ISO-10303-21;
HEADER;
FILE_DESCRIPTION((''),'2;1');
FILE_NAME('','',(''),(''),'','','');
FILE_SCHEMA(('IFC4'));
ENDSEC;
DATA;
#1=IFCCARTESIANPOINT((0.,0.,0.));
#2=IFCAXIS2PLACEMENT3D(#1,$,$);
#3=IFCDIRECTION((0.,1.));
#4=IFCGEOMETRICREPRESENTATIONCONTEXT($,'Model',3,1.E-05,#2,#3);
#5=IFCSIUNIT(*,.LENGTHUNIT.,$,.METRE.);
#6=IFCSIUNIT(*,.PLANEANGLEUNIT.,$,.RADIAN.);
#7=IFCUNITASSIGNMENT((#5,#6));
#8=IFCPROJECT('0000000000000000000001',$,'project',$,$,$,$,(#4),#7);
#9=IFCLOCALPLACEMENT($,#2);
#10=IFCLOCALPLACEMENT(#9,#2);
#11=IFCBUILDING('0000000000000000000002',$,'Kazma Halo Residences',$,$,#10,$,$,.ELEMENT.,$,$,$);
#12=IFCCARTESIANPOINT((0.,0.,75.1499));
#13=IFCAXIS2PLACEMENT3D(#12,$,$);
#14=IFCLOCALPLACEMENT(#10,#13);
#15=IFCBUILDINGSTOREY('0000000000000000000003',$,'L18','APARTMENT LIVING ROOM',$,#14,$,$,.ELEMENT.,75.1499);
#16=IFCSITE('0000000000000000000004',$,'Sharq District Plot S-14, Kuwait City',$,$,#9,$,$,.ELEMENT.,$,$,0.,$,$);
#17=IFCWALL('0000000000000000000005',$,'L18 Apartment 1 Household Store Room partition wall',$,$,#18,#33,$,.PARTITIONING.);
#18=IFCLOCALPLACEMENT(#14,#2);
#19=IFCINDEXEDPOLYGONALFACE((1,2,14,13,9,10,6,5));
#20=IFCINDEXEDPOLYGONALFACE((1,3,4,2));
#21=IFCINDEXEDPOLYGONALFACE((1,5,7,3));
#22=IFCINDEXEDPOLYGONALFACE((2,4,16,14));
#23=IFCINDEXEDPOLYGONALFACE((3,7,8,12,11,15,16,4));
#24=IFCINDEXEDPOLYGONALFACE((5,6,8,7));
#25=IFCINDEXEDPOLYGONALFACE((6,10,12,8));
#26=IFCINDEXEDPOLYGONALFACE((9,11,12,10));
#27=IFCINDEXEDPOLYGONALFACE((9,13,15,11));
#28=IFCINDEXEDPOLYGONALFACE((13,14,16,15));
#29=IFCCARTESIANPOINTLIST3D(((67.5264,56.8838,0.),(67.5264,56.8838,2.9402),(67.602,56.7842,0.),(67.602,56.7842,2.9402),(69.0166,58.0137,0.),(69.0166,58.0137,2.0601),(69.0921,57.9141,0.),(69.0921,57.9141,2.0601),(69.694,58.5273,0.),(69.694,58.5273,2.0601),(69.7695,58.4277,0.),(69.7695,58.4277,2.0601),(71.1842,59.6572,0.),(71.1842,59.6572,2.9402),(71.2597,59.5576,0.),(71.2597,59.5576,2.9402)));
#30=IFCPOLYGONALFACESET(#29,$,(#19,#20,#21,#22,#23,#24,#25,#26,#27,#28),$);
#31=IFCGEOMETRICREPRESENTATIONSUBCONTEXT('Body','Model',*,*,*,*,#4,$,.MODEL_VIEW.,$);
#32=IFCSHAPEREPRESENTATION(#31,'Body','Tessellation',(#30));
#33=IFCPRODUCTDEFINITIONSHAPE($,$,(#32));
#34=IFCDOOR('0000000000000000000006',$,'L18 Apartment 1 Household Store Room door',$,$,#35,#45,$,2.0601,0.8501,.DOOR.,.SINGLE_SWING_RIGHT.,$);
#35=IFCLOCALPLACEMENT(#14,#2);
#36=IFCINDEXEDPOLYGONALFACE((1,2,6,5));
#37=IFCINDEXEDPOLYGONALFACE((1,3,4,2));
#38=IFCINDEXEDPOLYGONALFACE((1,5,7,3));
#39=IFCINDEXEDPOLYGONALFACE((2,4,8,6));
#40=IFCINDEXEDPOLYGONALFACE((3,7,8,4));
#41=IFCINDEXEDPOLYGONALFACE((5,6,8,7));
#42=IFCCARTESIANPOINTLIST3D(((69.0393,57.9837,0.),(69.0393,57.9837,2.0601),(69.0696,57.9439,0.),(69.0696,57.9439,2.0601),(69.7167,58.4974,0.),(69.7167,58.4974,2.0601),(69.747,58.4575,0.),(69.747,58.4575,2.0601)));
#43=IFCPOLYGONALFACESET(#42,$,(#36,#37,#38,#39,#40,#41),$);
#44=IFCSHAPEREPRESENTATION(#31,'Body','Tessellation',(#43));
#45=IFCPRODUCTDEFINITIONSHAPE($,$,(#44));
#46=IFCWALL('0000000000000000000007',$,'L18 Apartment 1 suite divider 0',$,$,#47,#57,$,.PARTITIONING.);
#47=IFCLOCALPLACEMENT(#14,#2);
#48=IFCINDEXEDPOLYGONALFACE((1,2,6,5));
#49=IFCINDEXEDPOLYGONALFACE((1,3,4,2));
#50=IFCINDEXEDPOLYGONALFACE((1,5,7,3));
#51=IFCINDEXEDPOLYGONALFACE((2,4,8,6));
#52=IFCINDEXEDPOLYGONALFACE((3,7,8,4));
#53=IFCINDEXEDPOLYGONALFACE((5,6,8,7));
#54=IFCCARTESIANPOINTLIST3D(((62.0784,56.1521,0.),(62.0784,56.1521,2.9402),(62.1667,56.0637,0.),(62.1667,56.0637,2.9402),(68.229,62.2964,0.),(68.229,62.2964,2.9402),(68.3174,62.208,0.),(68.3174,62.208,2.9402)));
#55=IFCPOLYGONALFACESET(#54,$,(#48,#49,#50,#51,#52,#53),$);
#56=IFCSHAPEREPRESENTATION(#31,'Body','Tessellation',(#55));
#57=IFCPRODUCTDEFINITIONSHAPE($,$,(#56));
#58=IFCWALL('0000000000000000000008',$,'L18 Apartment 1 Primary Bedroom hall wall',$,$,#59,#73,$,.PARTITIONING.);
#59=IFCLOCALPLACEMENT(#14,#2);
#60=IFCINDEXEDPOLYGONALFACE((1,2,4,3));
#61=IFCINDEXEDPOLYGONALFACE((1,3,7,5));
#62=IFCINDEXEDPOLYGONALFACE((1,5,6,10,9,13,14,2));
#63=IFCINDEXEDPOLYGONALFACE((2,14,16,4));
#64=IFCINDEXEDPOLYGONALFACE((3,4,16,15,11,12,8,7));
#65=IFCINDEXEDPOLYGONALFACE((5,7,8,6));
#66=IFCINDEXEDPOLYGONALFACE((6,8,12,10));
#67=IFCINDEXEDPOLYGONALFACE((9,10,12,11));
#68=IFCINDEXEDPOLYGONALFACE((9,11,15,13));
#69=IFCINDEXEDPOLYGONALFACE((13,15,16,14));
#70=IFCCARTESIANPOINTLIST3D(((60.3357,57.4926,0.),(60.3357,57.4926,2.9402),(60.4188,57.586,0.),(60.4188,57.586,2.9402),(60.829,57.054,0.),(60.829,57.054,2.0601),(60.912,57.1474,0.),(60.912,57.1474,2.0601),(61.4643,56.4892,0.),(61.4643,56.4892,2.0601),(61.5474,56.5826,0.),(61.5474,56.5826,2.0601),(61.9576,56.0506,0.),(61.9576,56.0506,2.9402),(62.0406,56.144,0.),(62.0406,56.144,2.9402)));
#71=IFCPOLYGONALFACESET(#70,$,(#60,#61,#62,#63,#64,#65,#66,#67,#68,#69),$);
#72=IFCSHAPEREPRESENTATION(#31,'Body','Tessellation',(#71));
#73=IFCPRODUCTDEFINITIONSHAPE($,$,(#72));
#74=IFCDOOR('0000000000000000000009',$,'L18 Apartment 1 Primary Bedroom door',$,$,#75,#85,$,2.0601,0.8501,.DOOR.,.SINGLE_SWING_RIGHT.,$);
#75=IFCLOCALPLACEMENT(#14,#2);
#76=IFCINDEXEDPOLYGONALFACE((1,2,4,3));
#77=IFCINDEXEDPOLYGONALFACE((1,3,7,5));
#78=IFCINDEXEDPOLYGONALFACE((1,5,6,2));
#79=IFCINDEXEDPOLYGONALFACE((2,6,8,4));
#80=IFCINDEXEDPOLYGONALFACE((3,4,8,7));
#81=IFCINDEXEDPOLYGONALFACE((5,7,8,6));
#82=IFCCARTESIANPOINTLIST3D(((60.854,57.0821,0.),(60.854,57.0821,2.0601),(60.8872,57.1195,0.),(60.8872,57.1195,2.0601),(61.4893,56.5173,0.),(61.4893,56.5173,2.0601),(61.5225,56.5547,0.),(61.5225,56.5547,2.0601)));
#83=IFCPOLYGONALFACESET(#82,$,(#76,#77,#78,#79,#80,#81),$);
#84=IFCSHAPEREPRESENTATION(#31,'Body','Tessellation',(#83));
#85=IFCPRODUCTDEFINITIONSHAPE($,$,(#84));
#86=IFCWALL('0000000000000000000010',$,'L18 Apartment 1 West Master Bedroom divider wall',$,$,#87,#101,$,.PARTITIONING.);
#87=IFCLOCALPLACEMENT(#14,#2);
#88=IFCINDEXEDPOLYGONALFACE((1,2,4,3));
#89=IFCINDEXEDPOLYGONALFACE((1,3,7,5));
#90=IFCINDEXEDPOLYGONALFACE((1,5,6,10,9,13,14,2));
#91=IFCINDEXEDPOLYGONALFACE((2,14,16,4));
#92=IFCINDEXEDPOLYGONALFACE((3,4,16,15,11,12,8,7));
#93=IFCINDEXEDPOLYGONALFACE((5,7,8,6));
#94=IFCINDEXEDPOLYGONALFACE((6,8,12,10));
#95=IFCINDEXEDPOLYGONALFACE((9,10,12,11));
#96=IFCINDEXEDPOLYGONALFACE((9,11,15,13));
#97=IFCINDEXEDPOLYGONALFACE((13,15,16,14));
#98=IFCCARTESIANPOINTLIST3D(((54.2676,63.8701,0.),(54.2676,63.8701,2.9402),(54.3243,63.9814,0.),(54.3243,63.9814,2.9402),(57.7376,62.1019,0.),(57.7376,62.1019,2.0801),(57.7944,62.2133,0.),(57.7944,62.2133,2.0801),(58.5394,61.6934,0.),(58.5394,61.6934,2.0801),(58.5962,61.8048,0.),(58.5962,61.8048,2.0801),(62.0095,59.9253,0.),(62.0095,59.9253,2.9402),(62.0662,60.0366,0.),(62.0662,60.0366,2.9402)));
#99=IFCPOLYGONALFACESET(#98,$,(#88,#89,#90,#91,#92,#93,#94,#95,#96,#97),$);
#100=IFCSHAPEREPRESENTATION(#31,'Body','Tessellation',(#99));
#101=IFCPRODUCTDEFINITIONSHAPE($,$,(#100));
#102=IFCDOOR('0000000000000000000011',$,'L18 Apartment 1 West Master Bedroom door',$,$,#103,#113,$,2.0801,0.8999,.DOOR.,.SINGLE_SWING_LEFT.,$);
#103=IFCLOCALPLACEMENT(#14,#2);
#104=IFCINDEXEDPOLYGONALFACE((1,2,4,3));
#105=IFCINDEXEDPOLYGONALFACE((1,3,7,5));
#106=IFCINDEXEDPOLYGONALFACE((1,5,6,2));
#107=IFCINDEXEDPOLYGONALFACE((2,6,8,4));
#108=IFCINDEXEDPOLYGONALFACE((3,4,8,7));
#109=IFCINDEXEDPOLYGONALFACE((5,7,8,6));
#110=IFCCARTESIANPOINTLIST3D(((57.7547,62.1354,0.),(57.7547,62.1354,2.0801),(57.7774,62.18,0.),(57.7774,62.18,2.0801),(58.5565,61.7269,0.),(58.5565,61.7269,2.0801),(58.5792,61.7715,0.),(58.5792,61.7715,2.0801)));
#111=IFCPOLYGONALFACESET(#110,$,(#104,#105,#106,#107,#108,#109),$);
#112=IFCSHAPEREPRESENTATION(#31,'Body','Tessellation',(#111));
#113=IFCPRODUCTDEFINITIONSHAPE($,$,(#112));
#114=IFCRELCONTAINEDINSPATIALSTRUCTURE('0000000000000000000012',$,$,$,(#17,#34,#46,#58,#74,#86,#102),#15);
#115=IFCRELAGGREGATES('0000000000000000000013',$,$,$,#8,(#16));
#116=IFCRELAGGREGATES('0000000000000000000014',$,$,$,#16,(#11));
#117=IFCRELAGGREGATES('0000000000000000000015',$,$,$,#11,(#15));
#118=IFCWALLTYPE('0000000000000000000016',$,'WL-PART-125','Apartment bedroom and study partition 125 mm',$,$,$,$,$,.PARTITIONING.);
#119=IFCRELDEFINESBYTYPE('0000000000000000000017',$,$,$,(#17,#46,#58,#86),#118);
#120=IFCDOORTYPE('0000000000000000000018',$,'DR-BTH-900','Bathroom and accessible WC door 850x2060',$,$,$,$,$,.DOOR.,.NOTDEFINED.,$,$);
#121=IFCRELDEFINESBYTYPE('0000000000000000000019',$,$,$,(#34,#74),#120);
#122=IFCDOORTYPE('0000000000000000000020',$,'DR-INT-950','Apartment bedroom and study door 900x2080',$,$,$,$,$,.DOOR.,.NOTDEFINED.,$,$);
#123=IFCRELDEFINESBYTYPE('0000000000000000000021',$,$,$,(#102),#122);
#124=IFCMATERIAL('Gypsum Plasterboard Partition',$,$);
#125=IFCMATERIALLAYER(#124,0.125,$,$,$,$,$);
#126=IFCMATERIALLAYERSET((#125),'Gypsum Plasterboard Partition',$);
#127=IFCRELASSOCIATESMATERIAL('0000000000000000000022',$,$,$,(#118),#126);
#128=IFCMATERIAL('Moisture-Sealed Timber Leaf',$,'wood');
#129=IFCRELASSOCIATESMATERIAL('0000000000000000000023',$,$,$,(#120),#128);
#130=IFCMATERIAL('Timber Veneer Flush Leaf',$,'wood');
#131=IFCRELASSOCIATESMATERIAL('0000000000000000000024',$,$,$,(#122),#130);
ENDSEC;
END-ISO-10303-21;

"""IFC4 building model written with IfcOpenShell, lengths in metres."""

from ifc_helpers import new_model, si_unit, direction, frame, frame_2d, origin, place, context, subcontext, project, spatial, rectangle, extrude, material, layer, layer_set, type_object, element, fill, save


model = new_model("IFC4")

# Units and contexts
model_context = context("Model", 3, precision=1e-05, world=origin(), true_north=direction((0.0, 1.0)))
body_context = subcontext(model_context, "Body", "Model", "MODEL_VIEW")
ifc_project = project(units=[si_unit("LENGTHUNIT", "METRE"), si_unit("PLANEANGLEUNIT", "RADIAN")], contexts=[model_context])

# Site, building, storey
site_placement = place(None, origin())
site = spatial("IfcSite", under=ifc_project, at=site_placement, Name="Sharq District Plot S-14, Kuwait City", CompositionType="ELEMENT", RefElevation=0.0)
building_placement = place(site_placement, origin())
building = spatial("IfcBuilding", under=site, at=building_placement, Name="Kazma Halo Residences", CompositionType="ELEMENT")
storey_placement = place(building_placement, frame((0.0, 0.0, 75.1499)))
storey = spatial("IfcBuildingStorey", under=building, at=storey_placement, Name="L18", Description="APARTMENT LIVING ROOM", CompositionType="ELEMENT", Elevation=75.1499)

# Wall, opening, door
ifc_material_1 = material(Name="Gypsum Plasterboard Partition")
ifc_layer_1 = layer(ifc_material_1, 0.125)
ifc_layer_set_1 = layer_set([ifc_layer_1], Name="Gypsum Plasterboard Partition")
wall_type_1 = type_object("IfcWallType", Name="WL-PART-125", Description="Apartment bedroom and study partition 125 mm", PredefinedType="PARTITIONING", material=ifc_layer_set_1)
wall_1_placement = place(storey_placement, frame((67.5642, 56.834, 0.0), z_axis=(0.0, 0.0, 1.0), x_axis=(0.796836, 0.604196, 0.0)))
wall_1 = element("IfcWall", 1, at=wall_1_placement, inside=storey, type_object=wall_type_1, Name="L18 Apartment 1 Household Store Room partition wall", PredefinedType="PARTITIONING", context=body_context, shape_type="SweptSolid", body=[
    extrude(rectangle(XDim=4.5903, YDim=0.125, at=frame_2d((2.2952, 0.0))), origin(), (0.0, 0.0, 1.0), 2.9402),
])
opening_1_placement = place(wall_1_placement, frame((1.8701, 0.0, 0.0)))
opening_1 = element("IfcOpeningElement", 2, at=opening_1_placement, cuts=wall_1, PredefinedType="OPENING", context=body_context, shape_type="SweptSolid", body=[
    extrude(rectangle(XDim=0.8501, YDim=2.0601, at=frame_2d((0.425, 1.03))), frame((0.0, 0.0725, 0.0), z_axis=(0.0, -1.0, 0.0), x_axis=(1.0, 0.0, 0.0)), (0.0, 0.0, 1.0), 0.145),
])
ifc_material_2 = material(Name="Moisture-Sealed Timber Leaf", Category="wood")
door_type_1 = type_object("IfcDoorType", Name="DR-BTH-900", Description="Bathroom and accessible WC door 850x2060", OperationType="NOTDEFINED", PredefinedType="DOOR", material=ifc_material_2)
door_1_placement = place(opening_1_placement, origin())
door_1 = element("IfcDoor", 3, at=door_1_placement, inside=storey, type_object=door_type_1, Name="L18 Apartment 1 Household Store Room door", OperationType="SINGLE_SWING_RIGHT", OverallHeight=2.0601, OverallWidth=0.8501, PredefinedType="DOOR", context=body_context, shape_type="SweptSolid", body=[
    extrude(rectangle(XDim=0.8501, YDim=2.0601, at=frame_2d((0.425, 1.03))), frame((0.0, 0.0249, 0.0), z_axis=(0.0, -1.0, 0.0), x_axis=(1.0, 0.0, 0.0)), (0.0, 0.0, 1.0), 0.05),
])
fill(opening_1, door_1)

# Wall
wall_2_placement = place(storey_placement, frame((62.1226, 56.1079, 0.0), z_axis=(0.0, 0.0, 1.0), x_axis=(0.707472, 0.706742, 0.0)))
element("IfcWall", 4, at=wall_2_placement, inside=storey, type_object=wall_type_1, Name="L18 Apartment 1 suite divider 0", PredefinedType="PARTITIONING", context=body_context, shape_type="SweptSolid", body=[
    extrude(rectangle(XDim=8.6938, YDim=0.125, at=frame_2d((4.3469, 0.0))), origin(), (0.0, 0.0, 1.0), 2.9402),
])

# Walls, openings, doors
wall_3_placement = place(storey_placement, frame((61.999, 56.0974, 0.0), z_axis=(0.0, 0.0, 1.0), x_axis=(-0.747347, 0.664434, 0.0)))
wall_3 = element("IfcWall", 5, at=wall_3_placement, inside=storey, type_object=wall_type_1, Name="L18 Apartment 1 Primary Bedroom hall wall", PredefinedType="PARTITIONING", context=body_context, shape_type="SweptSolid", body=[
    extrude(rectangle(XDim=2.1702, YDim=0.125, at=frame_2d((1.085, 0.0))), origin(), (0.0, 0.0, 1.0), 2.9402),
])
opening_2_placement = place(wall_3_placement, frame((0.6599, 0.0, 0.0)))
opening_2 = element("IfcOpeningElement", 6, at=opening_2_placement, cuts=wall_3, PredefinedType="OPENING", context=body_context, shape_type="SweptSolid", body=[
    extrude(rectangle(XDim=0.8501, YDim=2.0601, at=frame_2d((0.425, 1.03))), frame((0.0, 0.0725, 0.0), z_axis=(0.0, -1.0, 0.0), x_axis=(1.0, 0.0, 0.0)), (0.0, 0.0, 1.0), 0.145),
])
door_2_placement = place(opening_2_placement, origin())
door_2 = element("IfcDoor", 7, at=door_2_placement, inside=storey, type_object=door_type_1, Name="L18 Apartment 1 Primary Bedroom door", OperationType="SINGLE_SWING_RIGHT", OverallHeight=2.0601, OverallWidth=0.8501, PredefinedType="DOOR", context=body_context, shape_type="SweptSolid", body=[
    extrude(rectangle(XDim=0.8501, YDim=2.0601, at=frame_2d((0.425, 1.03))), frame((0.0, 0.0249, 0.0), z_axis=(0.0, -1.0, 0.0), x_axis=(1.0, 0.0, 0.0)), (0.0, 0.0, 1.0), 0.05),
])
fill(opening_2, door_2)
wall_4_placement = place(storey_placement, frame((62.0378, 59.981, 0.0), z_axis=(0.0, 0.0, 1.0), x_axis=(-0.891002, 0.454, 0.0)))
wall_4 = element("IfcWall", 8, at=wall_4_placement, inside=storey, type_object=wall_type_1, Name="L18 Apartment 1 West Master Bedroom divider wall", PredefinedType="PARTITIONING", context=body_context, shape_type="SweptSolid", body=[
    extrude(rectangle(XDim=8.689, YDim=0.125, at=frame_2d((4.3445, 0.0))), origin(), (0.0, 0.0, 1.0), 2.9402),
])
opening_3_placement = place(wall_4_placement, frame((3.8945, 0.0, 0.0)))
opening_3 = element("IfcOpeningElement", 9, at=opening_3_placement, cuts=wall_4, PredefinedType="OPENING", context=body_context, shape_type="SweptSolid", body=[
    extrude(rectangle(XDim=0.8999, YDim=2.0801, at=frame_2d((0.45, 1.04))), frame((0.0, 0.0725, 0.0), z_axis=(0.0, -1.0, 0.0), x_axis=(1.0, 0.0, 0.0)), (0.0, 0.0, 1.0), 0.145),
])
ifc_material_3 = material(Name="Timber Veneer Flush Leaf", Category="wood")
door_type_2 = type_object("IfcDoorType", Name="DR-INT-950", Description="Apartment bedroom and study door 900x2080", OperationType="NOTDEFINED", PredefinedType="DOOR", material=ifc_material_3)
door_3_placement = place(opening_3_placement, origin())
door_3 = element("IfcDoor", 10, at=door_3_placement, inside=storey, type_object=door_type_2, Name="L18 Apartment 1 West Master Bedroom door", OperationType="SINGLE_SWING_LEFT", OverallHeight=2.0801, OverallWidth=0.8999, PredefinedType="DOOR", context=body_context, shape_type="SweptSolid", body=[
    extrude(rectangle(XDim=0.8999, YDim=2.0801, at=frame_2d((0.45, 1.04))), frame((0.0, 0.0249, 0.0), z_axis=(0.0, -1.0, 0.0), x_axis=(1.0, 0.0, 0.0)), (0.0, 0.0, 1.0), 0.05),
])
fill(opening_3, door_3)

save(model, "model.ifc")
